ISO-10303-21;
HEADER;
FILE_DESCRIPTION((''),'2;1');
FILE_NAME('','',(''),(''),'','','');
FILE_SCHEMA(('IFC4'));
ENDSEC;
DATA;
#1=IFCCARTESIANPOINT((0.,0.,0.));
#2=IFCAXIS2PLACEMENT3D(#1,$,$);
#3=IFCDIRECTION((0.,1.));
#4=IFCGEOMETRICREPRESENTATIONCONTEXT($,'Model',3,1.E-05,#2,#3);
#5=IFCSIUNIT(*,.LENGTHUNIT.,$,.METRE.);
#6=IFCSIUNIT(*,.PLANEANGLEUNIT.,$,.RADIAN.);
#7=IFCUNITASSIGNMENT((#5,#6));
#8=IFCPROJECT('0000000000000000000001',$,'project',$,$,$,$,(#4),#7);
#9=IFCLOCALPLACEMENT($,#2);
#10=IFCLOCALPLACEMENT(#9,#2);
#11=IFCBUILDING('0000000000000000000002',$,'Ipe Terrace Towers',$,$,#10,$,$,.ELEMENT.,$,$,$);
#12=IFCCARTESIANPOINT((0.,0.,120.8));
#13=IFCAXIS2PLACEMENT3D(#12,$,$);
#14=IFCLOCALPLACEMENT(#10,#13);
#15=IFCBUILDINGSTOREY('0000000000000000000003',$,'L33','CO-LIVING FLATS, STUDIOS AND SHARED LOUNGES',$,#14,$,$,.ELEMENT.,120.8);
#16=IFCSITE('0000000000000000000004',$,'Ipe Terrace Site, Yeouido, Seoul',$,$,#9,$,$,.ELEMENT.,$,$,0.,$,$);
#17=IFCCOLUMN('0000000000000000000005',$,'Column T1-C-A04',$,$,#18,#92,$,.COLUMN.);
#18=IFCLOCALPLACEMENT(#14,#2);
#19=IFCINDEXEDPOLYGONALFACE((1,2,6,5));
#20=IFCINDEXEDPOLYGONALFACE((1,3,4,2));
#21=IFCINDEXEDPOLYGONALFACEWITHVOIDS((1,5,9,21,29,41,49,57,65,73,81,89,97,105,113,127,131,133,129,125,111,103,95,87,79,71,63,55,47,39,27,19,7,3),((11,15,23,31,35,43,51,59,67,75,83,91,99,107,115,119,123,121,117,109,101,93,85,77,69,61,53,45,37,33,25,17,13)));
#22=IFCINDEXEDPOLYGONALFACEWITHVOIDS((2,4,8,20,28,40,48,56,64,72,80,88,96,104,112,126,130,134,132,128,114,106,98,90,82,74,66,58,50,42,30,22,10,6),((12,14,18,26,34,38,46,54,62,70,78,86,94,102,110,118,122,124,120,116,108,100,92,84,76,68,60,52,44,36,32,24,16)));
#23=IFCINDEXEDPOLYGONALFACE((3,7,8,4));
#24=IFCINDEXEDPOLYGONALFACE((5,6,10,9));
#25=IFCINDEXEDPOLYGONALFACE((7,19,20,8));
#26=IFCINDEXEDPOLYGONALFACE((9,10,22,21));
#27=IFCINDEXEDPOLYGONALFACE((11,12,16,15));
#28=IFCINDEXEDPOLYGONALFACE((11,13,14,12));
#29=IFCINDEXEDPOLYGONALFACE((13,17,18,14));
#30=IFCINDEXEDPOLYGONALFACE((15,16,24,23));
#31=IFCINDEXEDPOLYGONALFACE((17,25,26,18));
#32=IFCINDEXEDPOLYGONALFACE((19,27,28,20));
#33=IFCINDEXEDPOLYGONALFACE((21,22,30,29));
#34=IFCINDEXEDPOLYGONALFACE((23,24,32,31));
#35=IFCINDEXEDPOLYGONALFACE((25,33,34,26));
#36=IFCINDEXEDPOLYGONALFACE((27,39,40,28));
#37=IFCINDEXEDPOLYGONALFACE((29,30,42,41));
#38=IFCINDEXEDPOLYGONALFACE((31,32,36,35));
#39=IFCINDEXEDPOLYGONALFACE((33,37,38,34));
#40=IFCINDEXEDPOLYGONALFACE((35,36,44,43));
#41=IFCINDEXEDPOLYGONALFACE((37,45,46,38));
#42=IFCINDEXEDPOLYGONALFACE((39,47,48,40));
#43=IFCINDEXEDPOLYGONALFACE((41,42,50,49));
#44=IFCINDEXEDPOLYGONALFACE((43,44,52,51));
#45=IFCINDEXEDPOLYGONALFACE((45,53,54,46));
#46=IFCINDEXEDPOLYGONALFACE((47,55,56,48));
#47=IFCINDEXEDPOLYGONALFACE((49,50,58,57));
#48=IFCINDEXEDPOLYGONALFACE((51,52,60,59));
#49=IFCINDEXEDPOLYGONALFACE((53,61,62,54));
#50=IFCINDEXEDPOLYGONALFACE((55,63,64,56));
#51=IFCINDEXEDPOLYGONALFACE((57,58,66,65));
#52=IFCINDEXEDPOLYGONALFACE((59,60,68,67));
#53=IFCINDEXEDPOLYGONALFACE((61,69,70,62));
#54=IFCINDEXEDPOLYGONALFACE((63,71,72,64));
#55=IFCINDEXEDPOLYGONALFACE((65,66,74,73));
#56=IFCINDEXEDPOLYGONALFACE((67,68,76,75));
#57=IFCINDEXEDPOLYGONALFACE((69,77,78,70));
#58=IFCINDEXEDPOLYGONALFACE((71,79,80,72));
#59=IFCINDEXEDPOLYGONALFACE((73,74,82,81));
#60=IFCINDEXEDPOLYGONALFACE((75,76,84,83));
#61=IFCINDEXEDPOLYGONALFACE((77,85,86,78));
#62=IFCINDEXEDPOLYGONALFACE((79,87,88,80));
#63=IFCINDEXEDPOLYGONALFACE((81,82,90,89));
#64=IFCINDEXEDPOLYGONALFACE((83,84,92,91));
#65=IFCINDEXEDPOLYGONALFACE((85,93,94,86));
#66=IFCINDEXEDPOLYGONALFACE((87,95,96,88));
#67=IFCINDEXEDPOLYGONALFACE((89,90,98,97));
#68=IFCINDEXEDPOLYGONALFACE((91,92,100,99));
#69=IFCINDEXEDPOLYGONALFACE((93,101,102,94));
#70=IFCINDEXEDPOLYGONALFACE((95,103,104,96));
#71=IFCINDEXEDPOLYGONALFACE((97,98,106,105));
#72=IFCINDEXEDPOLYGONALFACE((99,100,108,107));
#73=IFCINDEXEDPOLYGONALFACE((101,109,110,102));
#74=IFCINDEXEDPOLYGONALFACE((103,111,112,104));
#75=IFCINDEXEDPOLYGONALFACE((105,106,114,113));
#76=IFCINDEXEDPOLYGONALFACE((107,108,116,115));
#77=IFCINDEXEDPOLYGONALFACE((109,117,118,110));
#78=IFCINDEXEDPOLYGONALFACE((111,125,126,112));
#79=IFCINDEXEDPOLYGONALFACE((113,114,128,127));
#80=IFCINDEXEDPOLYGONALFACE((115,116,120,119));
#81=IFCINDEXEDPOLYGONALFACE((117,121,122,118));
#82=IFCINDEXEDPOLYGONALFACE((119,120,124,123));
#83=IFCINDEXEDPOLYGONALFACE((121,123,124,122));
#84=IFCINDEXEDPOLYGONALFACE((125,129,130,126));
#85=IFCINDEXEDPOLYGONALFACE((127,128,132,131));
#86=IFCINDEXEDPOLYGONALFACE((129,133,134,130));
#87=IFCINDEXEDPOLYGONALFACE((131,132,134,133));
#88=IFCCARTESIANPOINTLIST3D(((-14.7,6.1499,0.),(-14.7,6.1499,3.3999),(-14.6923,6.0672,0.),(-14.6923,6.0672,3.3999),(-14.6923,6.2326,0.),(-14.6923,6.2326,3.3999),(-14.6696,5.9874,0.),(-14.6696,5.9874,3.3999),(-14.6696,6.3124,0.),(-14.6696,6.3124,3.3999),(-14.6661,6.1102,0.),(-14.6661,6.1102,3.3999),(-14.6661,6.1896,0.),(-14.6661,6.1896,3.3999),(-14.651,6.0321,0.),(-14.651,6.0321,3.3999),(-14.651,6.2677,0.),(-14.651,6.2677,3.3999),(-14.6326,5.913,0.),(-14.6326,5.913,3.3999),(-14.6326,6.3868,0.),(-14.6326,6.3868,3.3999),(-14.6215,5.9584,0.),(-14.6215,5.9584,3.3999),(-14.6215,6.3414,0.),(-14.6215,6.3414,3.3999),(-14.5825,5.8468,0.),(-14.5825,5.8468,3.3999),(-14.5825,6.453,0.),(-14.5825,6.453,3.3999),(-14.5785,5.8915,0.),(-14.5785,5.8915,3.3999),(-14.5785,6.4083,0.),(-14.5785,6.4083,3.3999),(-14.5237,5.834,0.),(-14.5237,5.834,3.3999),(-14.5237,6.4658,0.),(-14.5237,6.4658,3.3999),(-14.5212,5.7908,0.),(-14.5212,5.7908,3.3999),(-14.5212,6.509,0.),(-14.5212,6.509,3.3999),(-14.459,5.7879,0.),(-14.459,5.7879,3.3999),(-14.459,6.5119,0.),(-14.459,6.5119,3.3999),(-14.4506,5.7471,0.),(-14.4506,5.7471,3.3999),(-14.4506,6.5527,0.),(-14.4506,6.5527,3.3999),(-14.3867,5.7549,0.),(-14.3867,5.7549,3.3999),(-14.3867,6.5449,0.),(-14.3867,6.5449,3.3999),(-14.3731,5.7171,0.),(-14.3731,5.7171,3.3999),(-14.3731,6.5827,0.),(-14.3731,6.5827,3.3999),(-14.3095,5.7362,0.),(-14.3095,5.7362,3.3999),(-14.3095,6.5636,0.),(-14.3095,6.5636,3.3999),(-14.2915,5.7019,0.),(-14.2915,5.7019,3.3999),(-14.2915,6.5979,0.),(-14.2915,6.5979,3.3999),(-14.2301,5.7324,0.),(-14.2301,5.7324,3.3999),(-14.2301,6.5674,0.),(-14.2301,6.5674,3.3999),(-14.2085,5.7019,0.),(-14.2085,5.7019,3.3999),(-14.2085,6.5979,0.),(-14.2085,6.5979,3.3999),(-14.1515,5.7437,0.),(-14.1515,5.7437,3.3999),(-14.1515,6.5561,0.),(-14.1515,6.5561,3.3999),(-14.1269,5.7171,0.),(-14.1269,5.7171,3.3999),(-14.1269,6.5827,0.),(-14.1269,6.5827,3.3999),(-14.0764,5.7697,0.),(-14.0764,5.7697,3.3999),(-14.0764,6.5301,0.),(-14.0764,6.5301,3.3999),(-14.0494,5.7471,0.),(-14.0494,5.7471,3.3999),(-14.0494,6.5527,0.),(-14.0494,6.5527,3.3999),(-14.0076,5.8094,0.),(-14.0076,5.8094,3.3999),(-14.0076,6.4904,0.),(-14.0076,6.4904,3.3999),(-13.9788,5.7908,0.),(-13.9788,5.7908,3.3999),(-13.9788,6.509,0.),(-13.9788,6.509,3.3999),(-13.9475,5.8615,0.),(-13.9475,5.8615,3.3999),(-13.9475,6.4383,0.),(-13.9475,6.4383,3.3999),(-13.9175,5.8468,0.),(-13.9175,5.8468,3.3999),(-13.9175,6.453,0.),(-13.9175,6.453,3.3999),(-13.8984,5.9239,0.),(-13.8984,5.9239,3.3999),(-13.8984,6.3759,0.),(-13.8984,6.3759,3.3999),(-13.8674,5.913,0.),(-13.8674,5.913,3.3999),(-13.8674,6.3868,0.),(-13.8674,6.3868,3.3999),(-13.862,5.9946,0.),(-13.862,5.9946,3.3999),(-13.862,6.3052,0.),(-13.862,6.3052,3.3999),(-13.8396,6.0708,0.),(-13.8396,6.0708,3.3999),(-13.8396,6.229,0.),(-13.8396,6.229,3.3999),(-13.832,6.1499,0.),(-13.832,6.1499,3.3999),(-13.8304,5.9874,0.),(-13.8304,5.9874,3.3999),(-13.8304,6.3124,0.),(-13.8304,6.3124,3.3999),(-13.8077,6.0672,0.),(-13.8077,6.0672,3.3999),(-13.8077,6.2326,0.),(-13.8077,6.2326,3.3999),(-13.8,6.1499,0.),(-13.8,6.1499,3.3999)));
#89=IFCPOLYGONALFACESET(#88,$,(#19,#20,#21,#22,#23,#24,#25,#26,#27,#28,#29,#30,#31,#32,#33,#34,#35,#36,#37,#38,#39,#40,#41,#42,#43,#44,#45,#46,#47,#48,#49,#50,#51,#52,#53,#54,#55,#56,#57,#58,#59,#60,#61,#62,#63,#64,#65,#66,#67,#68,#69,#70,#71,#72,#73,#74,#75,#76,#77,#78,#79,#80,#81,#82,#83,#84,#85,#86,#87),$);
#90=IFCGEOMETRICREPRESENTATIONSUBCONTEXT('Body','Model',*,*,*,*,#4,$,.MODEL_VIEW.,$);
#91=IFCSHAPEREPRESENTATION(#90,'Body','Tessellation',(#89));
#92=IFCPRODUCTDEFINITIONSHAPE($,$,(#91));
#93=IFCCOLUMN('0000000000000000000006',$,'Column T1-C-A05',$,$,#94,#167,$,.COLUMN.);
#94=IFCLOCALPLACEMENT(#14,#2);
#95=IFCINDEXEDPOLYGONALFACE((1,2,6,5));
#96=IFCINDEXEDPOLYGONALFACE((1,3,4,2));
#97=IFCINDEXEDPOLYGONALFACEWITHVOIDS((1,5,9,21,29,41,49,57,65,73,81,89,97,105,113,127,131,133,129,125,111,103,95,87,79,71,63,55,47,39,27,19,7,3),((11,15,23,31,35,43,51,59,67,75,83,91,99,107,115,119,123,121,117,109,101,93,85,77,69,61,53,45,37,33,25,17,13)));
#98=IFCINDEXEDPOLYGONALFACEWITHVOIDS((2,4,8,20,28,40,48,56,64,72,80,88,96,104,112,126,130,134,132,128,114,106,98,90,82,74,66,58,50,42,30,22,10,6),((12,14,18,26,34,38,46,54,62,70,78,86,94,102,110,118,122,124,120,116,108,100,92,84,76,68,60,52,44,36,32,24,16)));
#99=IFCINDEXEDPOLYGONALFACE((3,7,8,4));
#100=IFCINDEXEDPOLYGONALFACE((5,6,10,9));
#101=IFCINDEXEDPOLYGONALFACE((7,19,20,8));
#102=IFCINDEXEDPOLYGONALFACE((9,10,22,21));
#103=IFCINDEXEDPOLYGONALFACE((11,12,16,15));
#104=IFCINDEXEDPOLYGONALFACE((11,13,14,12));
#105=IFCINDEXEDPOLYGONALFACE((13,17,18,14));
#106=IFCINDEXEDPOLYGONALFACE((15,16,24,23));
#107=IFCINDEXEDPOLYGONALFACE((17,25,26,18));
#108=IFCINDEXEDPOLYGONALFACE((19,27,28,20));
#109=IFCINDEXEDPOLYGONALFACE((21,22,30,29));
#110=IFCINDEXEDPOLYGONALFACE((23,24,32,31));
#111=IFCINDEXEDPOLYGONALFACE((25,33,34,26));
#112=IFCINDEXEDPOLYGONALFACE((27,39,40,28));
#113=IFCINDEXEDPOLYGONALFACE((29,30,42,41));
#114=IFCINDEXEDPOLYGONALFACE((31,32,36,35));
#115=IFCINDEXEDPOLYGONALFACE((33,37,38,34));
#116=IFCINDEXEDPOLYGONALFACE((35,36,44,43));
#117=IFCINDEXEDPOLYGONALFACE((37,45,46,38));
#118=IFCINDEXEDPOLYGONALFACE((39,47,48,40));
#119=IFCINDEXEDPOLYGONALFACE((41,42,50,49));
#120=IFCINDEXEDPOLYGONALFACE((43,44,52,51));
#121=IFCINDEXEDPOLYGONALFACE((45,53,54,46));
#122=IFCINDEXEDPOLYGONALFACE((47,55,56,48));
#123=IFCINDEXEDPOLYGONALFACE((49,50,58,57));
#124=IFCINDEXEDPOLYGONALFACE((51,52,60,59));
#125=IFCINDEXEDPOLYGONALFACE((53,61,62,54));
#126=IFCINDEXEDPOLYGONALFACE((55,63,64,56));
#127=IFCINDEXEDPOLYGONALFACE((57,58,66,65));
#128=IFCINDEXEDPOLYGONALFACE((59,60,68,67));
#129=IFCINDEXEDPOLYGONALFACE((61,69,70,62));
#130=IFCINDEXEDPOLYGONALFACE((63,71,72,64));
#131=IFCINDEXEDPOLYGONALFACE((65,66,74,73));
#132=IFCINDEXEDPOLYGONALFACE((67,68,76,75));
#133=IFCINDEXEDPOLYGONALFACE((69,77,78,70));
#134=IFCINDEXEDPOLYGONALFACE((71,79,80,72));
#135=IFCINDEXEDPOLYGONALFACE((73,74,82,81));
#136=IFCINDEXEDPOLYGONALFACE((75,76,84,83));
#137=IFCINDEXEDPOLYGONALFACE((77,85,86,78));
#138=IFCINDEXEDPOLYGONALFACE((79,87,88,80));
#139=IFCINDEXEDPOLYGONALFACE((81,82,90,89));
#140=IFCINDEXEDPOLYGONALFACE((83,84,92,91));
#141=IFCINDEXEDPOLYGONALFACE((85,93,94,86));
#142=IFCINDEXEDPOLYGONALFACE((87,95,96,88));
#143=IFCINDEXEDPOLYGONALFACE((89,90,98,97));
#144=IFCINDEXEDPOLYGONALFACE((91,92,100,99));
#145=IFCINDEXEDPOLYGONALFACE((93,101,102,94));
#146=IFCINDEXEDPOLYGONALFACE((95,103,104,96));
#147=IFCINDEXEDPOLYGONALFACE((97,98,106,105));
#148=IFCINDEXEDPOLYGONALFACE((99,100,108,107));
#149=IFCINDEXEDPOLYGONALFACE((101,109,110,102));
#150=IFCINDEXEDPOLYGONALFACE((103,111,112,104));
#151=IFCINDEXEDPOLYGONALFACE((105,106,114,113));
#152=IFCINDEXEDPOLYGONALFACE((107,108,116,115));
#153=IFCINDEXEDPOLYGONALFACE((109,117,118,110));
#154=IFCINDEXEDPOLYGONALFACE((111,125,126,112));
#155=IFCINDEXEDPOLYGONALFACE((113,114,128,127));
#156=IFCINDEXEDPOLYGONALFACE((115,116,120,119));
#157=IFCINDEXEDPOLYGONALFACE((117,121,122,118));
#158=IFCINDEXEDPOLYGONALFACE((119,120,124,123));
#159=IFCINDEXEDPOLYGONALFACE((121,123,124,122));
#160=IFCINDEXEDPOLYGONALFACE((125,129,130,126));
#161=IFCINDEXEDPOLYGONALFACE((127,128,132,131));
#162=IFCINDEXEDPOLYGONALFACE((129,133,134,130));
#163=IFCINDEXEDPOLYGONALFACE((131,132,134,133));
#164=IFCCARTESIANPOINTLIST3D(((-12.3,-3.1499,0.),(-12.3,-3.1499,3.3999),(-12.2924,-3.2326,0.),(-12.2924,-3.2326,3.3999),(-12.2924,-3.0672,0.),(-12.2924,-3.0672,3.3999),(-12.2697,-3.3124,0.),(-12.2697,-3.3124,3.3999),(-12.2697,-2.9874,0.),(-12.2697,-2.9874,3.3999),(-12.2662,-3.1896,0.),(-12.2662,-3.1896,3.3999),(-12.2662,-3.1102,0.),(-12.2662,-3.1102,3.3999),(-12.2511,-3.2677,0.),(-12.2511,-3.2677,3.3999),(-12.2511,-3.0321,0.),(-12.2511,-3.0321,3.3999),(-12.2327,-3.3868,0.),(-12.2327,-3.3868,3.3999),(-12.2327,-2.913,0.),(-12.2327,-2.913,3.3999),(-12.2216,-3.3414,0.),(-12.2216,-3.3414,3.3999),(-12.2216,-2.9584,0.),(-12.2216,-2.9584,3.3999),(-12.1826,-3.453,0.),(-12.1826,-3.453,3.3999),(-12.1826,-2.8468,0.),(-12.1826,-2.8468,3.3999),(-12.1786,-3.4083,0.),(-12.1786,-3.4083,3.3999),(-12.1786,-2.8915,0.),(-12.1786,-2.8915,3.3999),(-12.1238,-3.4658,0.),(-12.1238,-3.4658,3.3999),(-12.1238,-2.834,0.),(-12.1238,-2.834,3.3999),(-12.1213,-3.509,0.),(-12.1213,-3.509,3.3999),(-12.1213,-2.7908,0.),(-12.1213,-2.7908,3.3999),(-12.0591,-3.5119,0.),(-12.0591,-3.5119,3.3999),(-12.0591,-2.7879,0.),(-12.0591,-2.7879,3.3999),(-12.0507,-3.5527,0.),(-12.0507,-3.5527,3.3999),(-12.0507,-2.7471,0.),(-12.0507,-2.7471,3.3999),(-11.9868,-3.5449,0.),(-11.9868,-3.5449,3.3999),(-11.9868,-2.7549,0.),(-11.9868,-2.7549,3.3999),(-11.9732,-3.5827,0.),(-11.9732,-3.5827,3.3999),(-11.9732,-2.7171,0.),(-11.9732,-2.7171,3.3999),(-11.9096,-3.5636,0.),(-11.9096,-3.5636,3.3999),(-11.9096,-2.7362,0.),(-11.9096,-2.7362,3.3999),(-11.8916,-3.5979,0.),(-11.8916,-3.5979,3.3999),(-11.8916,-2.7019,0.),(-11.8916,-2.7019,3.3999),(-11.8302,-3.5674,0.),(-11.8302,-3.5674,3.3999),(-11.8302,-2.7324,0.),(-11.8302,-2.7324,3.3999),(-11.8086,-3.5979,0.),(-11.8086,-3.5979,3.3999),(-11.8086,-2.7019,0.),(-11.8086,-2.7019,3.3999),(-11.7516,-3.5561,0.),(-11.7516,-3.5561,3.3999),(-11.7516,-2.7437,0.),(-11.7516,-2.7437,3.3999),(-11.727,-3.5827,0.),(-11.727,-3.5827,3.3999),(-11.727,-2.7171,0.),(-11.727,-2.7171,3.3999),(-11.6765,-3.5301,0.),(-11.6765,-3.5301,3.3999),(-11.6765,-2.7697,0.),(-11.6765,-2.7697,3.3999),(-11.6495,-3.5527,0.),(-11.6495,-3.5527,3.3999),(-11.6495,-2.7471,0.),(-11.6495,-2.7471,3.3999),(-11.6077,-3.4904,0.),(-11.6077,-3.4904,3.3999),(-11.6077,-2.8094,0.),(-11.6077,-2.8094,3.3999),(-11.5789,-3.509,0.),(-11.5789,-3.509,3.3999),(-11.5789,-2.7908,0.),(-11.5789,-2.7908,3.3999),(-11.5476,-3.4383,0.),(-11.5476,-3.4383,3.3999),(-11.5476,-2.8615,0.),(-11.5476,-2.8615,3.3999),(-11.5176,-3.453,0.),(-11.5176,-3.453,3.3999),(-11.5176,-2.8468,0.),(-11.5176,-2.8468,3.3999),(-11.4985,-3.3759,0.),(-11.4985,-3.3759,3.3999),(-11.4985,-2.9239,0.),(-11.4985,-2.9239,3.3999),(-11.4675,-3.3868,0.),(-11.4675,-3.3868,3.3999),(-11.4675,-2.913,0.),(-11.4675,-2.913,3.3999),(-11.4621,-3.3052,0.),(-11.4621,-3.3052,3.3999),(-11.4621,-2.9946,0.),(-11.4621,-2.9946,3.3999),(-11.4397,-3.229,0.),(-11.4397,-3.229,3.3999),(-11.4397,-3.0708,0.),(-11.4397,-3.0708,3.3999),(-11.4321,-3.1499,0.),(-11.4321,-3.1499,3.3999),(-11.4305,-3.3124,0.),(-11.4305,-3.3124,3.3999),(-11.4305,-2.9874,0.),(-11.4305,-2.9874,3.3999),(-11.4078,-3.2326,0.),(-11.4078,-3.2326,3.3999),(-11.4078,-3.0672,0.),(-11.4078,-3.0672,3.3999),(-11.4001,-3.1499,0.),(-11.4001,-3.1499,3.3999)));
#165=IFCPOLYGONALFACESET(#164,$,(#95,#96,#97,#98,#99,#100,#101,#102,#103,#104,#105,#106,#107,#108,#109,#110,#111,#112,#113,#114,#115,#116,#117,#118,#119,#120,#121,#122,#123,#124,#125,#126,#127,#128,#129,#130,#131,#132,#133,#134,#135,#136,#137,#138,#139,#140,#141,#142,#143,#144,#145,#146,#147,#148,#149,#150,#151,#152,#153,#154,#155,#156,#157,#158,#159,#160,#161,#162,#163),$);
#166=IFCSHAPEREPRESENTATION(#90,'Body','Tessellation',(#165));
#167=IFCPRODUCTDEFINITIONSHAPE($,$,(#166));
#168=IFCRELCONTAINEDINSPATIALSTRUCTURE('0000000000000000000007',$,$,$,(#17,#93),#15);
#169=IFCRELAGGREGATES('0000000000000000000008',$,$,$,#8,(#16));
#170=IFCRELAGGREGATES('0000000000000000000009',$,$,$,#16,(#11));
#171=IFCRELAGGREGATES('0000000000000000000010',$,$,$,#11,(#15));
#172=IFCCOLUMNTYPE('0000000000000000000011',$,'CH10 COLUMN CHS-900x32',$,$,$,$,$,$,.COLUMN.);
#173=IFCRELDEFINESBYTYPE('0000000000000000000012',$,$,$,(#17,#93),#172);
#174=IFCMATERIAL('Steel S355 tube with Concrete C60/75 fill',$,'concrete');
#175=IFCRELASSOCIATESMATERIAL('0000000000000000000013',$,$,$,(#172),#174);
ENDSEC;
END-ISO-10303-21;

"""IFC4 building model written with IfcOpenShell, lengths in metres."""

from ifc_helpers import new_model, si_unit, direction, frame, origin, origin_2d, place, context, subcontext, project, spatial, hollow_circle, extrude, material, material_profile, profile_set, type_object, element, save


model = new_model("IFC4")

# Units and contexts
model_context = context("Model", 3, precision=1e-05, world=origin(), true_north=direction((0.0, 1.0)))
body_context = subcontext(model_context, "Body", "Model", "MODEL_VIEW")
ifc_project = project(units=[si_unit("LENGTHUNIT", "METRE"), si_unit("PLANEANGLEUNIT", "RADIAN")], contexts=[model_context])

# Site, building, storey
site_placement = place(None, origin())
site = spatial("IfcSite", under=ifc_project, at=site_placement, Name="Ipe Terrace Site, Yeouido, Seoul", CompositionType="ELEMENT", RefElevation=0.0)
building_placement = place(site_placement, origin())
building = spatial("IfcBuilding", under=site, at=building_placement, Name="Ipe Terrace Towers", CompositionType="ELEMENT")
storey_placement = place(building_placement, frame((0.0, 0.0, 120.8)))
storey = spatial("IfcBuildingStorey", under=building, at=storey_placement, Name="L33", Description="CO-LIVING FLATS, STUDIOS AND SHARED LOUNGES", CompositionType="ELEMENT", Elevation=120.8)

# Columns
ifc_material_1 = material(Name="Steel S355 tube with Concrete C60/75 fill", Category="concrete")
ifc_material_profile_1 = material_profile(ifc_material_1, hollow_circle(Radius=0.45, WallThickness=0.032, at=origin_2d()), Name="CHS-900x32")
ifc_profile_set_1 = profile_set([ifc_material_profile_1], Name="Steel S355 tube with Concrete C60/75 fill")
column_type = type_object("IfcColumnType", Name="CH10 COLUMN CHS-900x32", PredefinedType="COLUMN", material=ifc_profile_set_1)
for number, where, z_axis, x_axis, name in (
    (1, (-14.25, 6.1499, 0.0), (0.0, 0.0, 1.0), (1.0, 0.0, 0.0), "Column T1-C-A04"),
    (2, (-11.8501, -3.1499, 0.0), (0.0, 0.0, 1.0), (1.0, 0.0, 0.0), "Column T1-C-A05"),
):
    element("IfcColumn", number, at=place(storey_placement, frame(where, z_axis=z_axis, x_axis=x_axis)), inside=storey, type_object=column_type, Name=name, PredefinedType="COLUMN", context=body_context, shape_type="SweptSolid", body=[
        extrude(hollow_circle(Radius=0.45, WallThickness=0.032, at=origin_2d()), origin(), (0.0, 0.0, 1.0), 3.3999),
    ])

save(model, "model.ifc")
